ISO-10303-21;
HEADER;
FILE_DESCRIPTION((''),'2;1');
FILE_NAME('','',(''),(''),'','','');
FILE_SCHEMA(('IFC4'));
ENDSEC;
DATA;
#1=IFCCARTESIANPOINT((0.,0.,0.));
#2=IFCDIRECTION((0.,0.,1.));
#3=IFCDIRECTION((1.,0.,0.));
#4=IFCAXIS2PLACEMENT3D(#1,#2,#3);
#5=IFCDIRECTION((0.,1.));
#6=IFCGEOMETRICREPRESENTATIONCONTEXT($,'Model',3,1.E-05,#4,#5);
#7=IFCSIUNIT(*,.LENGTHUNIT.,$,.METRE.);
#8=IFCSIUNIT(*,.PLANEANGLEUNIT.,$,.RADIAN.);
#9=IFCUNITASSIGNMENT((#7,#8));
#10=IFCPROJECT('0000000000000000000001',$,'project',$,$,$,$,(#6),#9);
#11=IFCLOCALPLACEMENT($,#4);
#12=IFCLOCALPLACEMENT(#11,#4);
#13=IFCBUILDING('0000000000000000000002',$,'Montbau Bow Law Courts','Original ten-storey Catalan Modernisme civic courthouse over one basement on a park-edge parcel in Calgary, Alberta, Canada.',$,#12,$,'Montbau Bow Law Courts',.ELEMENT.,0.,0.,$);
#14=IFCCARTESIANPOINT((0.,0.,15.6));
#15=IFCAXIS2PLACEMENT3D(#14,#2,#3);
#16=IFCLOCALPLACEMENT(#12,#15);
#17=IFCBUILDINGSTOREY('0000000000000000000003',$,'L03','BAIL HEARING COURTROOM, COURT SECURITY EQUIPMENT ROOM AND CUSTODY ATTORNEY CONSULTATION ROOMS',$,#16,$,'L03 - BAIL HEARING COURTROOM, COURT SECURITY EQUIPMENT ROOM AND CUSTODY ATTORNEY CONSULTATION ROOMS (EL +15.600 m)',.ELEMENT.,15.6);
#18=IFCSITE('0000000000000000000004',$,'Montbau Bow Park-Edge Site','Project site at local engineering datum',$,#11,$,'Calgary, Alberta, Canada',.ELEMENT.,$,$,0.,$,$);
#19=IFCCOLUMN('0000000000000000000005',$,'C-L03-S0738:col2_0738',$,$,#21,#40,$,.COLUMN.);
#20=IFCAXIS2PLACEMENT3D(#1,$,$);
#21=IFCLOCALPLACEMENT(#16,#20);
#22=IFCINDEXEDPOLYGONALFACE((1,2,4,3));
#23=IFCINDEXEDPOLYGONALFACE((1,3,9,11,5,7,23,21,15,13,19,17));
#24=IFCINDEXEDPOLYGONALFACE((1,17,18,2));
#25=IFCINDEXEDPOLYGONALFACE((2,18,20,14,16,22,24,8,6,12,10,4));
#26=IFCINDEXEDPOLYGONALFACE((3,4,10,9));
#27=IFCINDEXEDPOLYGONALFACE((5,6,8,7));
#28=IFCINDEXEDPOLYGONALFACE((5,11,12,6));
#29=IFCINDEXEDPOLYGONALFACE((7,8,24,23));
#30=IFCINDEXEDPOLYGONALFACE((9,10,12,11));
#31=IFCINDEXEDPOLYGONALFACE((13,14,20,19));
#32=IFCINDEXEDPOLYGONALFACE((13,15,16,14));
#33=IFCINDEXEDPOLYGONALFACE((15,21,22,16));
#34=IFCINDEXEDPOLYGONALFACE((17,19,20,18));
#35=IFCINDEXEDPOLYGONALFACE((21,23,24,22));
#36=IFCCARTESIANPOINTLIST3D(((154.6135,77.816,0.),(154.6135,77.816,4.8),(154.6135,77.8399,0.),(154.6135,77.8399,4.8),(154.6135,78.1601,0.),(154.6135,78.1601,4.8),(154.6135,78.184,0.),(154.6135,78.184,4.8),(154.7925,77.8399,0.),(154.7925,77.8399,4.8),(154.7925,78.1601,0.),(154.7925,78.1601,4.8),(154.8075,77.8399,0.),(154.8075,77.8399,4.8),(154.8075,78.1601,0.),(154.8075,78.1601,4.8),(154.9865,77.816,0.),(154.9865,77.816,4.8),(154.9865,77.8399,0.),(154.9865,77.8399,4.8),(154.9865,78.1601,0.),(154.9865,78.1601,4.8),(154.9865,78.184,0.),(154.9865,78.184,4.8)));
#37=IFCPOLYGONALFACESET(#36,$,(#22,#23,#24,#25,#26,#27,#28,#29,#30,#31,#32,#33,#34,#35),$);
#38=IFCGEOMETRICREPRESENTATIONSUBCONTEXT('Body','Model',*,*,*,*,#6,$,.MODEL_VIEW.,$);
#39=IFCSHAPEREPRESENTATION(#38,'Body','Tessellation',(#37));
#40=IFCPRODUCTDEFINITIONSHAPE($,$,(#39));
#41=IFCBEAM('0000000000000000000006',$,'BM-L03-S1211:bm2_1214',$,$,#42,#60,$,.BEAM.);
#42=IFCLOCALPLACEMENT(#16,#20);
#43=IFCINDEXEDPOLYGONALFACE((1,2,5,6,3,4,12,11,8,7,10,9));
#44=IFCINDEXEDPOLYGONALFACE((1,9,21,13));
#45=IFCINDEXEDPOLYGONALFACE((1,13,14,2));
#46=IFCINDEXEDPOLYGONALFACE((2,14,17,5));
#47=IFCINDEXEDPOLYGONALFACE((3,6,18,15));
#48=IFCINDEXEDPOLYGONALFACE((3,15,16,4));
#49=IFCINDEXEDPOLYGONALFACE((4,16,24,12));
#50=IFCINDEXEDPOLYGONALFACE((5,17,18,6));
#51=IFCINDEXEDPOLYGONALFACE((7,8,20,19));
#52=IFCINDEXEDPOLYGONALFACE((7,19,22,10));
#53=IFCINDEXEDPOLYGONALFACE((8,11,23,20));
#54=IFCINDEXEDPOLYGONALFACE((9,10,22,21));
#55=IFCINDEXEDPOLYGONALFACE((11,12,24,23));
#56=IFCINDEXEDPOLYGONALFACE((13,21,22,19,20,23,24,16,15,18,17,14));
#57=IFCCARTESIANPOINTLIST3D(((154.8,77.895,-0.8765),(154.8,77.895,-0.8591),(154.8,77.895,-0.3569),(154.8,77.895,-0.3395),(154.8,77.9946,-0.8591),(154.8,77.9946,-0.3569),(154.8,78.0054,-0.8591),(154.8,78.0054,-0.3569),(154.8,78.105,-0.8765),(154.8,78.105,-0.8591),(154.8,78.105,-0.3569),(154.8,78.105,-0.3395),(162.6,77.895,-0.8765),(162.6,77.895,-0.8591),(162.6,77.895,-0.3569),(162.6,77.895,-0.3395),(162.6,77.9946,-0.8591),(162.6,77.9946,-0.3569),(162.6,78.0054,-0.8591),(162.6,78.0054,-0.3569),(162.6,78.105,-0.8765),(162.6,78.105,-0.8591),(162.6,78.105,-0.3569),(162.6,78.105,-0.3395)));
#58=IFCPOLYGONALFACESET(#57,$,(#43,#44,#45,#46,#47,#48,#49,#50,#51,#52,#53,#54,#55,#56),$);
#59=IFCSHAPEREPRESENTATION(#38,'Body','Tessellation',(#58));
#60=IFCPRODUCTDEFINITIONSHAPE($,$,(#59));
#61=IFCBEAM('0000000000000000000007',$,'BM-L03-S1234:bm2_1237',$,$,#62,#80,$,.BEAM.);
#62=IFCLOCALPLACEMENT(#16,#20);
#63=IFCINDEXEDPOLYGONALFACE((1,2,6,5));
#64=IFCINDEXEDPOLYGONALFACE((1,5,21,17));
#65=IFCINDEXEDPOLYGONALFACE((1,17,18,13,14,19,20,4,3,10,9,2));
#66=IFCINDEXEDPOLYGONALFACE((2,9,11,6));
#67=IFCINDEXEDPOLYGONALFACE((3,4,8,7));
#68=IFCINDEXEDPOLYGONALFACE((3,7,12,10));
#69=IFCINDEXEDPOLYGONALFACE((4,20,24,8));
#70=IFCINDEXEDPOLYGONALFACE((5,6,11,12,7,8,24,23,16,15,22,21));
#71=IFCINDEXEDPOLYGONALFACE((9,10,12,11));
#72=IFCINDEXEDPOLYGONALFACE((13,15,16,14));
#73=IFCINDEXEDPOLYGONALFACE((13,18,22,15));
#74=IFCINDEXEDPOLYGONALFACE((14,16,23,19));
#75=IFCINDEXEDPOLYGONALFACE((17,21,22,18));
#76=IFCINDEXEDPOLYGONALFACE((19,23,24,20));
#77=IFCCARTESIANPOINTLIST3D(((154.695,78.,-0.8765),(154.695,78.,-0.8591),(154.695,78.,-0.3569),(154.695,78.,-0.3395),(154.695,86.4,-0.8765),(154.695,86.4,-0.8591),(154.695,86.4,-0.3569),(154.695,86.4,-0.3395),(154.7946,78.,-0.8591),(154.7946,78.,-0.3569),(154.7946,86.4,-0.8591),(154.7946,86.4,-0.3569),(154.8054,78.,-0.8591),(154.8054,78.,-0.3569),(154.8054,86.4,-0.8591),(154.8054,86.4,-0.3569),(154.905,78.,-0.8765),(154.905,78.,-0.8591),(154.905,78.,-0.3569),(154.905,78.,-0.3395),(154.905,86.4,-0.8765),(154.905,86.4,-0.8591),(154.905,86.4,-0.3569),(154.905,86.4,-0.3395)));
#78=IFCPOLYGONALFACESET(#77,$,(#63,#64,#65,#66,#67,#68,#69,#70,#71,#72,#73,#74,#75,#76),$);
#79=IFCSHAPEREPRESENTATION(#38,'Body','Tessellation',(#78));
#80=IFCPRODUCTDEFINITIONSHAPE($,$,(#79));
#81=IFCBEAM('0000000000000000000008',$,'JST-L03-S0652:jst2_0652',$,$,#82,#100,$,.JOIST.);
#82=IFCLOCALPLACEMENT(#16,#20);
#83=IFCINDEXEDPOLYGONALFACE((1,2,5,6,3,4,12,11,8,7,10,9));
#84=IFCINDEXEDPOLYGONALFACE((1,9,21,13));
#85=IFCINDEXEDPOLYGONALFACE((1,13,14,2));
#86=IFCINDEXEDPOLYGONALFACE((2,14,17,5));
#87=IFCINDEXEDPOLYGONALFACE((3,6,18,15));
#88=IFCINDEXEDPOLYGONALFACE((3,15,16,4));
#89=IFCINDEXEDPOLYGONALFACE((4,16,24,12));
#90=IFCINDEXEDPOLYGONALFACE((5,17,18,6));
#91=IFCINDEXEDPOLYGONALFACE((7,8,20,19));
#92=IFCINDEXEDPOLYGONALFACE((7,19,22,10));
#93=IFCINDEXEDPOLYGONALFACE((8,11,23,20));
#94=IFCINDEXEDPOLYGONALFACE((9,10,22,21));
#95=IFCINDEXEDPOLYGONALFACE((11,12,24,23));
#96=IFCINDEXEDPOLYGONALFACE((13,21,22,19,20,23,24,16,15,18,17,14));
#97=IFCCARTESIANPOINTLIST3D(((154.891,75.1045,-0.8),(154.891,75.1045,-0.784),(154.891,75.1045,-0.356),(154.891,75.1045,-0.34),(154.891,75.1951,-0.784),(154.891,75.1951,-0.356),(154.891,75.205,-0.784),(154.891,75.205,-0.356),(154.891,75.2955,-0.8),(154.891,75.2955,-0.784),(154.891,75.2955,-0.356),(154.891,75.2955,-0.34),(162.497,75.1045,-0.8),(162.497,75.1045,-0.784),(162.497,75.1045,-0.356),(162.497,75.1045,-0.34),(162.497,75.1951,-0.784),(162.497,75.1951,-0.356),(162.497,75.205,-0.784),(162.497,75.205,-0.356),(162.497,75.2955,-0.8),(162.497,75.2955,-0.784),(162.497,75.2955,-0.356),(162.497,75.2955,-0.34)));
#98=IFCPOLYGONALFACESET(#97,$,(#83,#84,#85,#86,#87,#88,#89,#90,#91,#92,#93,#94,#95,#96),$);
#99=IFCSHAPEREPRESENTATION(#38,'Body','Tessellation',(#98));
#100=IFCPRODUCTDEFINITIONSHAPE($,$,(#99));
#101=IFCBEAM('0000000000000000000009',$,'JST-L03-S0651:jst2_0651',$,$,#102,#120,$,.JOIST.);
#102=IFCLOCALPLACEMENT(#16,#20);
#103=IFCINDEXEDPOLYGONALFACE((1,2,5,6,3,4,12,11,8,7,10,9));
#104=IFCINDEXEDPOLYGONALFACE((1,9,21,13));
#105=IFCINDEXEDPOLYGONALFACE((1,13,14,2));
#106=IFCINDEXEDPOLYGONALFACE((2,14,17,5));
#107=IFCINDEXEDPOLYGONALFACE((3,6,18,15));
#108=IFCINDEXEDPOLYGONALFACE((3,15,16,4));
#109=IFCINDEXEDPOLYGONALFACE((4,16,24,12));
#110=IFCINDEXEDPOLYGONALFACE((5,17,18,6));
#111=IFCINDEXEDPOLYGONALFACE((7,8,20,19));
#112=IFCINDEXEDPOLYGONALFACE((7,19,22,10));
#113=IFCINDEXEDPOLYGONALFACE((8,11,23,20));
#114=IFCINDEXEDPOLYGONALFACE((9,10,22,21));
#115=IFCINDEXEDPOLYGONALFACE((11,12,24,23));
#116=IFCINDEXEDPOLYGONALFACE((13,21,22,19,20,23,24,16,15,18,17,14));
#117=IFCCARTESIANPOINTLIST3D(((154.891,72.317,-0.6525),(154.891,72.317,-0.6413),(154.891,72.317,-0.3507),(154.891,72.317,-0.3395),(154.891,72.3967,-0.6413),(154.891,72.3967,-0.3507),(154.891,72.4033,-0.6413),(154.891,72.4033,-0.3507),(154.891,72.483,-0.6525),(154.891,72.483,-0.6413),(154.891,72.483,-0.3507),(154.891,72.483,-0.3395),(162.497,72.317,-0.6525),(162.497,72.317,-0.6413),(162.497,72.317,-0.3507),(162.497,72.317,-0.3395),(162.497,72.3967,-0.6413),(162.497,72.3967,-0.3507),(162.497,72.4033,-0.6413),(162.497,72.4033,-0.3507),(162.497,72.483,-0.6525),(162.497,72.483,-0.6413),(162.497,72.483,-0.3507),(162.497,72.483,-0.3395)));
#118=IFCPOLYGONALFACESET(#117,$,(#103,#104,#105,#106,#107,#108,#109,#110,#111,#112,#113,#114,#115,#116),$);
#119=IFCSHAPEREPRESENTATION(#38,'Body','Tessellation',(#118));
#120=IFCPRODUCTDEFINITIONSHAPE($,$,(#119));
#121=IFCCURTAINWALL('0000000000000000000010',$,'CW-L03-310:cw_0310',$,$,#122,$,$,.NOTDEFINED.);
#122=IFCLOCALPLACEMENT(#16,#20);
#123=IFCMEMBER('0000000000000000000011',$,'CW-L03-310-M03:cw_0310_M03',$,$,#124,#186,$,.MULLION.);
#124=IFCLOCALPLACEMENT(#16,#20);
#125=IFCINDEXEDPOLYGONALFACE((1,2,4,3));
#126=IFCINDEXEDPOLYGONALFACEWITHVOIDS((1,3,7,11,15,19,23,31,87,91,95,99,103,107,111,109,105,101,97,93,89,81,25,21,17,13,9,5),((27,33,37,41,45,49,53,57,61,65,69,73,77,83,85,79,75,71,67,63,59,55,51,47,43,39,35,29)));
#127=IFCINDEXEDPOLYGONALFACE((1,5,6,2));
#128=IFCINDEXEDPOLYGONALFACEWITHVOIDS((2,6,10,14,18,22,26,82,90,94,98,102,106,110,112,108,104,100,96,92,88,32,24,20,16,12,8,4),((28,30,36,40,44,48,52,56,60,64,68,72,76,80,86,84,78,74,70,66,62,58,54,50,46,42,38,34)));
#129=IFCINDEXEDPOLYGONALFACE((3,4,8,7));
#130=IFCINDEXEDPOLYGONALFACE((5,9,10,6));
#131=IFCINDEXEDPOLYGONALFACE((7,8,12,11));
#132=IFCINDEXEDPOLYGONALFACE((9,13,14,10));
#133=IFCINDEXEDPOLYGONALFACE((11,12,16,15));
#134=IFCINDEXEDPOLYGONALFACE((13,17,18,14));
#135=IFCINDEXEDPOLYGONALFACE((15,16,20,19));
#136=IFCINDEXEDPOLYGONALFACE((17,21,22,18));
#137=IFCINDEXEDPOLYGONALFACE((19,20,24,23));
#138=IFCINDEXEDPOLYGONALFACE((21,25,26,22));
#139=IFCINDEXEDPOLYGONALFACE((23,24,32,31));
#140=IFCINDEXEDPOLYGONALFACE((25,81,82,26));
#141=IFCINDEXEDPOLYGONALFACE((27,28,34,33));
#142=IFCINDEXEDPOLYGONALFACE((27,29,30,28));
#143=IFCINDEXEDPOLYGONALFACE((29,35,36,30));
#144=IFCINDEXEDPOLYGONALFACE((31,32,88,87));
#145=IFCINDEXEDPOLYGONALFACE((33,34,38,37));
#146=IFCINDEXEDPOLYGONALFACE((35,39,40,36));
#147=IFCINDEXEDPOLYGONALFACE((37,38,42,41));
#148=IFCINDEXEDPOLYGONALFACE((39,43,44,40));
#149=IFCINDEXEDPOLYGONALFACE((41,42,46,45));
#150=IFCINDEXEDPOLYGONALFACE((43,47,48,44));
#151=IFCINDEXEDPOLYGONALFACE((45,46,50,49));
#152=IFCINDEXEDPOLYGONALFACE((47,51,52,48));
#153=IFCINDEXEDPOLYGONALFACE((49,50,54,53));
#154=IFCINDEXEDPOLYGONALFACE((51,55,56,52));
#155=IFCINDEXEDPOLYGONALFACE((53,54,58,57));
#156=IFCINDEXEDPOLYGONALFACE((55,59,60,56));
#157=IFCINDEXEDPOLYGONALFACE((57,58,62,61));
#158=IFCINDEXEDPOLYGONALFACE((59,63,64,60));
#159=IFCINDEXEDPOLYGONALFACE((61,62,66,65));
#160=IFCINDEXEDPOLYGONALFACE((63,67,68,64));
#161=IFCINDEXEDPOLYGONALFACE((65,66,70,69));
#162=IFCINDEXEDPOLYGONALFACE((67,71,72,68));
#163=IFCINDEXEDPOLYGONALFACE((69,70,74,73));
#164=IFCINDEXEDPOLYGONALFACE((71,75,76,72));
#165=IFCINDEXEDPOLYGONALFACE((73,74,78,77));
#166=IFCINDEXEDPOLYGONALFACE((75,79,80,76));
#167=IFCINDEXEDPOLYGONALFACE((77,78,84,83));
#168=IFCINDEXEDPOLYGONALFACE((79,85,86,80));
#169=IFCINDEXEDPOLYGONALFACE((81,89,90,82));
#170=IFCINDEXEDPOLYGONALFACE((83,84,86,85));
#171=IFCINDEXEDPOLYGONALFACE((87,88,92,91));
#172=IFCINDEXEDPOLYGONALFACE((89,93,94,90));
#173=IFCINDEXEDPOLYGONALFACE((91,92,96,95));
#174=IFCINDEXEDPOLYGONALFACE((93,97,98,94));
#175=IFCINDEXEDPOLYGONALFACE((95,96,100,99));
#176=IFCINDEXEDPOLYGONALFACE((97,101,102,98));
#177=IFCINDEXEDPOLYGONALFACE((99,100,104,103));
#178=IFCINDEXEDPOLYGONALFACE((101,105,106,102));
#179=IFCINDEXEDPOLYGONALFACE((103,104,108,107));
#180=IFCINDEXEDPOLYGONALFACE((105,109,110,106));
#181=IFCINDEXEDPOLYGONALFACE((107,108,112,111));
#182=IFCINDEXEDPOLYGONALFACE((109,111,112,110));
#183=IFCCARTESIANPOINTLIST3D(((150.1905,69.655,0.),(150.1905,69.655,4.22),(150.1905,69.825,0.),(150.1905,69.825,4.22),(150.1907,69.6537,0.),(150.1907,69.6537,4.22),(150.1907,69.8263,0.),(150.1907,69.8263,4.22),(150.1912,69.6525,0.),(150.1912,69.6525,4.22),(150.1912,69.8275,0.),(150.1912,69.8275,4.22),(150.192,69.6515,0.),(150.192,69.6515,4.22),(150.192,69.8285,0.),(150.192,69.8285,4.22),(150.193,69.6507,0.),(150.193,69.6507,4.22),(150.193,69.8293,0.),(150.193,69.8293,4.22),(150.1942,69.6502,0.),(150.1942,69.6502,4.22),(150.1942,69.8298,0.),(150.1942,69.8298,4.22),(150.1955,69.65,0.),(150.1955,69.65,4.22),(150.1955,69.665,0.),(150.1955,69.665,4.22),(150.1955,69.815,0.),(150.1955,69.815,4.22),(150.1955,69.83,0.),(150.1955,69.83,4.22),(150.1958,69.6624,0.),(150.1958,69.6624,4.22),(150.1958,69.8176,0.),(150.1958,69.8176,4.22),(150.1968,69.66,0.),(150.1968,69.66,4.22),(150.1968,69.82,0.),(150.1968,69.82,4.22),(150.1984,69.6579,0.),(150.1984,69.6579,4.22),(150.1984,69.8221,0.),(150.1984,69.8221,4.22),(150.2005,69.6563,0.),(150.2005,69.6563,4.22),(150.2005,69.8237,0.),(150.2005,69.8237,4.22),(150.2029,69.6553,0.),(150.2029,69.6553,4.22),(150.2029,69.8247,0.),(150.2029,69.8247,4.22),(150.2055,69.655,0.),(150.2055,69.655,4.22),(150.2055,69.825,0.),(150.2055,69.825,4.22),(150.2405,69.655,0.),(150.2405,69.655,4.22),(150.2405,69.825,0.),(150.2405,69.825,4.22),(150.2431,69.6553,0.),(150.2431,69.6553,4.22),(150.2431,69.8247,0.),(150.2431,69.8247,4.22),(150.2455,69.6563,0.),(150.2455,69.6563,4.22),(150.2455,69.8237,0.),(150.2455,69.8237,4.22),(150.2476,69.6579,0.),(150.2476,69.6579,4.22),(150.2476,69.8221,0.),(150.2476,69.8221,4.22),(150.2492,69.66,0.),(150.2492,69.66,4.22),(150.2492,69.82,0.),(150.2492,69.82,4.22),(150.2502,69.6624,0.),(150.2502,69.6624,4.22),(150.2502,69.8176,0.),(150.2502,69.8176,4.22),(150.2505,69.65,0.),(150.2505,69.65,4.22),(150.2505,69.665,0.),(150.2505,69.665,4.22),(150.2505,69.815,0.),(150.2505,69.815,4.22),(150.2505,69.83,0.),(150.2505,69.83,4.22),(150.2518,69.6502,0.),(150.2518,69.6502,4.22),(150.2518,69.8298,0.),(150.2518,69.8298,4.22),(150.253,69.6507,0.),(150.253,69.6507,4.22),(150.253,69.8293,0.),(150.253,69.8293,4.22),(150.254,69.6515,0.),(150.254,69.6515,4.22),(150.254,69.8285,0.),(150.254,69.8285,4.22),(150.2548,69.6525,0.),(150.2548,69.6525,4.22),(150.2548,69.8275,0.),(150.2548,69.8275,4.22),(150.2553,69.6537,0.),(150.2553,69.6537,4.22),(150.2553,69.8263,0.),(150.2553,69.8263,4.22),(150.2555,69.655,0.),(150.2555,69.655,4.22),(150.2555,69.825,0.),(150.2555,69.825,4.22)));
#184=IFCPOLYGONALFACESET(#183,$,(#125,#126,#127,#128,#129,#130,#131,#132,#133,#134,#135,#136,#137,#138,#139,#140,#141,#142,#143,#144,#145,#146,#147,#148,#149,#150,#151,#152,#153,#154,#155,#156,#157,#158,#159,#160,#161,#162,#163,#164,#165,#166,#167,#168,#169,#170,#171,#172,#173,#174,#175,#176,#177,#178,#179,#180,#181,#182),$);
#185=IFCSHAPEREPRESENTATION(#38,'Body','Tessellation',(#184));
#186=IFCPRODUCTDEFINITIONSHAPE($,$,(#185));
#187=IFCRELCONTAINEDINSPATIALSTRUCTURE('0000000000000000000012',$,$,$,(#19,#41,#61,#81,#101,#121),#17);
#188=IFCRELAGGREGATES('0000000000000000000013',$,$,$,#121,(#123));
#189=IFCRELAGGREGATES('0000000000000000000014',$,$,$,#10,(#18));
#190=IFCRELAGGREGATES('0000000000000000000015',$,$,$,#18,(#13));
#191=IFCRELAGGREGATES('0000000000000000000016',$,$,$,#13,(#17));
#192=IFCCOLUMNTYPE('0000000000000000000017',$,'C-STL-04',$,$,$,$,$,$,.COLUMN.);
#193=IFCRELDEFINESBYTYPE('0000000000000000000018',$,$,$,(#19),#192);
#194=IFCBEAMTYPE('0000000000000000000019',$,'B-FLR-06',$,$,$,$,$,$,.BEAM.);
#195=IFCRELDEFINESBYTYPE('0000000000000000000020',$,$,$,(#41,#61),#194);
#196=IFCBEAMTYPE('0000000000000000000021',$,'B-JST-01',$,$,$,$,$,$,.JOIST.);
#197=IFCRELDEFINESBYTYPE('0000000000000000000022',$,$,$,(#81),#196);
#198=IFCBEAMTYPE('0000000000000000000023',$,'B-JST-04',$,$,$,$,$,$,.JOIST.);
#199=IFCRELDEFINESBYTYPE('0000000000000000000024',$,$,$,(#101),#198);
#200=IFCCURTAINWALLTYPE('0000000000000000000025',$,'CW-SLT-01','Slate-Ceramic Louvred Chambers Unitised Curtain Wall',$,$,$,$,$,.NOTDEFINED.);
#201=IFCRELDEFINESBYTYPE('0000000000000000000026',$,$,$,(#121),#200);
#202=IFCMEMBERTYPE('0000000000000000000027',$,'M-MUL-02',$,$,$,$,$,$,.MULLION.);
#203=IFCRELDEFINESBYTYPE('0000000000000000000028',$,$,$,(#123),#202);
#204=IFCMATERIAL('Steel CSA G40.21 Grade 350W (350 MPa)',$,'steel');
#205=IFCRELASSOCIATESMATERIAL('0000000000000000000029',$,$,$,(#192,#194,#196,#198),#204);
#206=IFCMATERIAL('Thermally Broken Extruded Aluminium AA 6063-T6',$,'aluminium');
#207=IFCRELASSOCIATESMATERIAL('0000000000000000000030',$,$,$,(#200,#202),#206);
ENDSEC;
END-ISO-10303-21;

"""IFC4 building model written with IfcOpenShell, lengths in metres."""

from ifc_helpers import new_model, si_unit, direction, frame, origin_with_axes, origin_2d_with_axis, place, context, subcontext, project, spatial, hollow_rectangle, i_section, extrude, material, material_profile, profile_set, type_object, element, aggregate, save


model = new_model("IFC4")

# Units and contexts
model_context = context("Model", 3, precision=1e-05, world=origin_with_axes(), true_north=direction((0.0, 1.0)))
body_context = subcontext(model_context, "Body", "Model", "MODEL_VIEW")
ifc_project = project(units=[si_unit("LENGTHUNIT", "METRE"), si_unit("PLANEANGLEUNIT", "RADIAN")], contexts=[model_context])

# Site, building, storey
site_placement = place(None, origin_with_axes())
site = spatial("IfcSite", under=ifc_project, at=site_placement, Name="Montbau Bow Park-Edge Site", Description="Project site at local engineering datum", LongName="Calgary, Alberta, Canada", CompositionType="ELEMENT", RefElevation=0.0)
building_placement = place(site_placement, origin_with_axes())
building = spatial("IfcBuilding", under=site, at=building_placement, Name="Montbau Bow Law Courts", Description="Original ten-storey Catalan Modernisme civic courthouse over one basement on a park-edge parcel in Calgary, Alberta, Canada.", LongName="Montbau Bow Law Courts", CompositionType="ELEMENT", ElevationOfRefHeight=0.0, ElevationOfTerrain=0.0)
storey_placement = place(building_placement, frame((0.0, 0.0, 15.6), z_axis=(0.0, 0.0, 1.0), x_axis=(1.0, 0.0, 0.0)))
storey = spatial("IfcBuildingStorey", under=building, at=storey_placement, Name="L03", Description="BAIL HEARING COURTROOM, COURT SECURITY EQUIPMENT ROOM AND CUSTODY ATTORNEY CONSULTATION ROOMS", LongName="L03 - BAIL HEARING COURTROOM, COURT SECURITY EQUIPMENT ROOM AND CUSTODY ATTORNEY CONSULTATION ROOMS (EL +15.600 m)", CompositionType="ELEMENT", Elevation=15.6)

# Column
ifc_material_1 = material(Name="Steel CSA G40.21 Grade 350W (350 MPa)", Category="steel")
ifc_material_profile_1 = material_profile(ifc_material_1, i_section(OverallWidth=0.373, OverallDepth=0.368, WebThickness=0.015, FlangeThickness=0.0239, at=origin_2d_with_axis()), Name="W360X179", Category="Main", Priority=0)
ifc_profile_set_1 = profile_set([ifc_material_profile_1], Name="Steel CSA G40.21 Grade 350W (350 MPa)")
column_type = type_object("IfcColumnType", Name="C-STL-04", PredefinedType="COLUMN", material=ifc_profile_set_1)
column_placement = place(None, frame((154.8, 78.0, 15.6), z_axis=(0.0, 0.0, 1.0), x_axis=(1.0, 0.0, 0.0)))
element("IfcColumn", 1, at=column_placement, inside=storey, type_object=column_type, Name="C-L03-S0738:col2_0738", PredefinedType="COLUMN", context=body_context, shape_type="SweptSolid", body=[
    extrude(i_section(OverallWidth=0.373, OverallDepth=0.368, WebThickness=0.015, FlangeThickness=0.0239, at=origin_2d_with_axis()), origin_with_axes(), (0.0, 0.0, 1.0), 4.8),
])

# Beams
ifc_material_profile_2 = material_profile(ifc_material_1, i_section(OverallWidth=0.21, OverallDepth=0.537, WebThickness=0.0109, FlangeThickness=0.0174, at=origin_2d_with_axis()), Name="W530X101", Category="Main", Priority=0)
ifc_profile_set_2 = profile_set([ifc_material_profile_2], Name="Steel CSA G40.21 Grade 350W (350 MPa)")
beam_type_1 = type_object("IfcBeamType", Name="B-FLR-06", PredefinedType="BEAM", material=ifc_profile_set_2)
beam_1_placement = place(None, frame((154.8, 78.0, 14.992), z_axis=(1.0, 0.0, 0.0), x_axis=(0.0, 1.0, 0.0)))
element("IfcBeam", 2, at=beam_1_placement, inside=storey, type_object=beam_type_1, Name="BM-L03-S1211:bm2_1214", PredefinedType="BEAM", context=body_context, shape_type="SweptSolid", body=[
    extrude(i_section(OverallWidth=0.21, OverallDepth=0.537, WebThickness=0.0109, FlangeThickness=0.0174, at=origin_2d_with_axis()), origin_with_axes(), (0.0, 0.0, 1.0), 7.8),
])
beam_2_placement = place(None, frame((154.8, 78.0, 14.992), z_axis=(0.0, 1.0, 0.0), x_axis=(-1.0, 0.0, 0.0)))
element("IfcBeam", 3, at=beam_2_placement, inside=storey, type_object=beam_type_1, Name="BM-L03-S1234:bm2_1237", PredefinedType="BEAM", context=body_context, shape_type="SweptSolid", body=[
    extrude(i_section(OverallWidth=0.21, OverallDepth=0.537, WebThickness=0.0109, FlangeThickness=0.0174, at=origin_2d_with_axis()), origin_with_axes(), (0.0, 0.0, 1.0), 8.4),
])
ifc_material_profile_3 = material_profile(ifc_material_1, i_section(OverallWidth=0.191, OverallDepth=0.46, WebThickness=0.0099, FlangeThickness=0.016, at=origin_2d_with_axis()), Name="W460X82", Category="Main", Priority=0)
ifc_profile_set_3 = profile_set([ifc_material_profile_3], Name="Steel CSA G40.21 Grade 350W (350 MPa)")
beam_type_2 = type_object("IfcBeamType", Name="B-JST-01", PredefinedType="JOIST", material=ifc_profile_set_3)
beam_3_placement = place(None, frame((154.891, 75.2, 15.03), z_axis=(1.0, 0.0, 0.0), x_axis=(0.0, 1.0, 0.0)))
element("IfcBeam", 4, at=beam_3_placement, inside=storey, type_object=beam_type_2, Name="JST-L03-S0652:jst2_0652", PredefinedType="JOIST", context=body_context, shape_type="SweptSolid", body=[
    extrude(i_section(OverallWidth=0.191, OverallDepth=0.46, WebThickness=0.0099, FlangeThickness=0.016, at=origin_2d_with_axis()), origin_with_axes(), (0.0, 0.0, 1.0), 7.606),
])
ifc_material_profile_4 = material_profile(ifc_material_1, i_section(OverallWidth=0.166, OverallDepth=0.313, WebThickness=0.0066, FlangeThickness=0.0112, at=origin_2d_with_axis()), Name="W310X45", Category="Main", Priority=0)
ifc_profile_set_4 = profile_set([ifc_material_profile_4], Name="Steel CSA G40.21 Grade 350W (350 MPa)")
beam_type_3 = type_object("IfcBeamType", Name="B-JST-04", PredefinedType="JOIST", material=ifc_profile_set_4)
beam_4_placement = place(None, frame((154.891, 72.4, 15.104), z_axis=(1.0, 0.0, 0.0), x_axis=(0.0, 1.0, 0.0)))
element("IfcBeam", 5, at=beam_4_placement, inside=storey, type_object=beam_type_3, Name="JST-L03-S0651:jst2_0651", PredefinedType="JOIST", context=body_context, shape_type="SweptSolid", body=[
    extrude(i_section(OverallWidth=0.166, OverallDepth=0.313, WebThickness=0.0066, FlangeThickness=0.0112, at=origin_2d_with_axis()), origin_with_axes(), (0.0, 0.0, 1.0), 7.606),
])

# Curtain wall, member
ifc_material_2 = material(Name="Thermally Broken Extruded Aluminium AA 6063-T6", Category="aluminium")
curtain_wall_type = type_object("IfcCurtainWallType", Name="CW-SLT-01", Description="Slate-Ceramic Louvred Chambers Unitised Curtain Wall", PredefinedType="NOTDEFINED", material=ifc_material_2)
curtain_wall_placement = place(None, frame((147.515, 69.74, 15.6), z_axis=(0.0, 0.0, 1.0), x_axis=(1.0, 0.0, 0.0)))
curtain_wall = element("IfcCurtainWall", 6, at=curtain_wall_placement, inside=storey, type_object=curtain_wall_type, Name="CW-L03-310:cw_0310", PredefinedType="NOTDEFINED")
ifc_material_profile_5 = material_profile(ifc_material_2, hollow_rectangle(XDim=0.065, YDim=0.18, WallThickness=0.005, InnerFilletRadius=0.01, OuterFilletRadius=0.005, at=origin_2d_with_axis()), Name="CWM-180X65", Category="Main", Priority=0)
ifc_profile_set_5 = profile_set([ifc_material_profile_5], Name="Thermally Broken Extruded Aluminium AA 6063-T6")
member_type_1 = type_object("IfcMemberType", Name="M-MUL-02", PredefinedType="MULLION", material=ifc_profile_set_5)
member_1_placement = place(None, frame((150.223, 69.74, 15.6), z_axis=(0.0, 0.0, 1.0), x_axis=(1.0, 0.0, 0.0)))
member_1 = element("IfcMember", 7, at=member_1_placement, type_object=member_type_1, Name="CW-L03-310-M03:cw_0310_M03", PredefinedType="MULLION", context=body_context, shape_type="SweptSolid", body=[
    extrude(hollow_rectangle(XDim=0.065, YDim=0.18, WallThickness=0.005, InnerFilletRadius=0.01, OuterFilletRadius=0.005, at=origin_2d_with_axis()), origin_with_axes(), (0.0, 0.0, 1.0), 4.22),
])
aggregate(curtain_wall, [member_1])

save(model, "model.ifc")
